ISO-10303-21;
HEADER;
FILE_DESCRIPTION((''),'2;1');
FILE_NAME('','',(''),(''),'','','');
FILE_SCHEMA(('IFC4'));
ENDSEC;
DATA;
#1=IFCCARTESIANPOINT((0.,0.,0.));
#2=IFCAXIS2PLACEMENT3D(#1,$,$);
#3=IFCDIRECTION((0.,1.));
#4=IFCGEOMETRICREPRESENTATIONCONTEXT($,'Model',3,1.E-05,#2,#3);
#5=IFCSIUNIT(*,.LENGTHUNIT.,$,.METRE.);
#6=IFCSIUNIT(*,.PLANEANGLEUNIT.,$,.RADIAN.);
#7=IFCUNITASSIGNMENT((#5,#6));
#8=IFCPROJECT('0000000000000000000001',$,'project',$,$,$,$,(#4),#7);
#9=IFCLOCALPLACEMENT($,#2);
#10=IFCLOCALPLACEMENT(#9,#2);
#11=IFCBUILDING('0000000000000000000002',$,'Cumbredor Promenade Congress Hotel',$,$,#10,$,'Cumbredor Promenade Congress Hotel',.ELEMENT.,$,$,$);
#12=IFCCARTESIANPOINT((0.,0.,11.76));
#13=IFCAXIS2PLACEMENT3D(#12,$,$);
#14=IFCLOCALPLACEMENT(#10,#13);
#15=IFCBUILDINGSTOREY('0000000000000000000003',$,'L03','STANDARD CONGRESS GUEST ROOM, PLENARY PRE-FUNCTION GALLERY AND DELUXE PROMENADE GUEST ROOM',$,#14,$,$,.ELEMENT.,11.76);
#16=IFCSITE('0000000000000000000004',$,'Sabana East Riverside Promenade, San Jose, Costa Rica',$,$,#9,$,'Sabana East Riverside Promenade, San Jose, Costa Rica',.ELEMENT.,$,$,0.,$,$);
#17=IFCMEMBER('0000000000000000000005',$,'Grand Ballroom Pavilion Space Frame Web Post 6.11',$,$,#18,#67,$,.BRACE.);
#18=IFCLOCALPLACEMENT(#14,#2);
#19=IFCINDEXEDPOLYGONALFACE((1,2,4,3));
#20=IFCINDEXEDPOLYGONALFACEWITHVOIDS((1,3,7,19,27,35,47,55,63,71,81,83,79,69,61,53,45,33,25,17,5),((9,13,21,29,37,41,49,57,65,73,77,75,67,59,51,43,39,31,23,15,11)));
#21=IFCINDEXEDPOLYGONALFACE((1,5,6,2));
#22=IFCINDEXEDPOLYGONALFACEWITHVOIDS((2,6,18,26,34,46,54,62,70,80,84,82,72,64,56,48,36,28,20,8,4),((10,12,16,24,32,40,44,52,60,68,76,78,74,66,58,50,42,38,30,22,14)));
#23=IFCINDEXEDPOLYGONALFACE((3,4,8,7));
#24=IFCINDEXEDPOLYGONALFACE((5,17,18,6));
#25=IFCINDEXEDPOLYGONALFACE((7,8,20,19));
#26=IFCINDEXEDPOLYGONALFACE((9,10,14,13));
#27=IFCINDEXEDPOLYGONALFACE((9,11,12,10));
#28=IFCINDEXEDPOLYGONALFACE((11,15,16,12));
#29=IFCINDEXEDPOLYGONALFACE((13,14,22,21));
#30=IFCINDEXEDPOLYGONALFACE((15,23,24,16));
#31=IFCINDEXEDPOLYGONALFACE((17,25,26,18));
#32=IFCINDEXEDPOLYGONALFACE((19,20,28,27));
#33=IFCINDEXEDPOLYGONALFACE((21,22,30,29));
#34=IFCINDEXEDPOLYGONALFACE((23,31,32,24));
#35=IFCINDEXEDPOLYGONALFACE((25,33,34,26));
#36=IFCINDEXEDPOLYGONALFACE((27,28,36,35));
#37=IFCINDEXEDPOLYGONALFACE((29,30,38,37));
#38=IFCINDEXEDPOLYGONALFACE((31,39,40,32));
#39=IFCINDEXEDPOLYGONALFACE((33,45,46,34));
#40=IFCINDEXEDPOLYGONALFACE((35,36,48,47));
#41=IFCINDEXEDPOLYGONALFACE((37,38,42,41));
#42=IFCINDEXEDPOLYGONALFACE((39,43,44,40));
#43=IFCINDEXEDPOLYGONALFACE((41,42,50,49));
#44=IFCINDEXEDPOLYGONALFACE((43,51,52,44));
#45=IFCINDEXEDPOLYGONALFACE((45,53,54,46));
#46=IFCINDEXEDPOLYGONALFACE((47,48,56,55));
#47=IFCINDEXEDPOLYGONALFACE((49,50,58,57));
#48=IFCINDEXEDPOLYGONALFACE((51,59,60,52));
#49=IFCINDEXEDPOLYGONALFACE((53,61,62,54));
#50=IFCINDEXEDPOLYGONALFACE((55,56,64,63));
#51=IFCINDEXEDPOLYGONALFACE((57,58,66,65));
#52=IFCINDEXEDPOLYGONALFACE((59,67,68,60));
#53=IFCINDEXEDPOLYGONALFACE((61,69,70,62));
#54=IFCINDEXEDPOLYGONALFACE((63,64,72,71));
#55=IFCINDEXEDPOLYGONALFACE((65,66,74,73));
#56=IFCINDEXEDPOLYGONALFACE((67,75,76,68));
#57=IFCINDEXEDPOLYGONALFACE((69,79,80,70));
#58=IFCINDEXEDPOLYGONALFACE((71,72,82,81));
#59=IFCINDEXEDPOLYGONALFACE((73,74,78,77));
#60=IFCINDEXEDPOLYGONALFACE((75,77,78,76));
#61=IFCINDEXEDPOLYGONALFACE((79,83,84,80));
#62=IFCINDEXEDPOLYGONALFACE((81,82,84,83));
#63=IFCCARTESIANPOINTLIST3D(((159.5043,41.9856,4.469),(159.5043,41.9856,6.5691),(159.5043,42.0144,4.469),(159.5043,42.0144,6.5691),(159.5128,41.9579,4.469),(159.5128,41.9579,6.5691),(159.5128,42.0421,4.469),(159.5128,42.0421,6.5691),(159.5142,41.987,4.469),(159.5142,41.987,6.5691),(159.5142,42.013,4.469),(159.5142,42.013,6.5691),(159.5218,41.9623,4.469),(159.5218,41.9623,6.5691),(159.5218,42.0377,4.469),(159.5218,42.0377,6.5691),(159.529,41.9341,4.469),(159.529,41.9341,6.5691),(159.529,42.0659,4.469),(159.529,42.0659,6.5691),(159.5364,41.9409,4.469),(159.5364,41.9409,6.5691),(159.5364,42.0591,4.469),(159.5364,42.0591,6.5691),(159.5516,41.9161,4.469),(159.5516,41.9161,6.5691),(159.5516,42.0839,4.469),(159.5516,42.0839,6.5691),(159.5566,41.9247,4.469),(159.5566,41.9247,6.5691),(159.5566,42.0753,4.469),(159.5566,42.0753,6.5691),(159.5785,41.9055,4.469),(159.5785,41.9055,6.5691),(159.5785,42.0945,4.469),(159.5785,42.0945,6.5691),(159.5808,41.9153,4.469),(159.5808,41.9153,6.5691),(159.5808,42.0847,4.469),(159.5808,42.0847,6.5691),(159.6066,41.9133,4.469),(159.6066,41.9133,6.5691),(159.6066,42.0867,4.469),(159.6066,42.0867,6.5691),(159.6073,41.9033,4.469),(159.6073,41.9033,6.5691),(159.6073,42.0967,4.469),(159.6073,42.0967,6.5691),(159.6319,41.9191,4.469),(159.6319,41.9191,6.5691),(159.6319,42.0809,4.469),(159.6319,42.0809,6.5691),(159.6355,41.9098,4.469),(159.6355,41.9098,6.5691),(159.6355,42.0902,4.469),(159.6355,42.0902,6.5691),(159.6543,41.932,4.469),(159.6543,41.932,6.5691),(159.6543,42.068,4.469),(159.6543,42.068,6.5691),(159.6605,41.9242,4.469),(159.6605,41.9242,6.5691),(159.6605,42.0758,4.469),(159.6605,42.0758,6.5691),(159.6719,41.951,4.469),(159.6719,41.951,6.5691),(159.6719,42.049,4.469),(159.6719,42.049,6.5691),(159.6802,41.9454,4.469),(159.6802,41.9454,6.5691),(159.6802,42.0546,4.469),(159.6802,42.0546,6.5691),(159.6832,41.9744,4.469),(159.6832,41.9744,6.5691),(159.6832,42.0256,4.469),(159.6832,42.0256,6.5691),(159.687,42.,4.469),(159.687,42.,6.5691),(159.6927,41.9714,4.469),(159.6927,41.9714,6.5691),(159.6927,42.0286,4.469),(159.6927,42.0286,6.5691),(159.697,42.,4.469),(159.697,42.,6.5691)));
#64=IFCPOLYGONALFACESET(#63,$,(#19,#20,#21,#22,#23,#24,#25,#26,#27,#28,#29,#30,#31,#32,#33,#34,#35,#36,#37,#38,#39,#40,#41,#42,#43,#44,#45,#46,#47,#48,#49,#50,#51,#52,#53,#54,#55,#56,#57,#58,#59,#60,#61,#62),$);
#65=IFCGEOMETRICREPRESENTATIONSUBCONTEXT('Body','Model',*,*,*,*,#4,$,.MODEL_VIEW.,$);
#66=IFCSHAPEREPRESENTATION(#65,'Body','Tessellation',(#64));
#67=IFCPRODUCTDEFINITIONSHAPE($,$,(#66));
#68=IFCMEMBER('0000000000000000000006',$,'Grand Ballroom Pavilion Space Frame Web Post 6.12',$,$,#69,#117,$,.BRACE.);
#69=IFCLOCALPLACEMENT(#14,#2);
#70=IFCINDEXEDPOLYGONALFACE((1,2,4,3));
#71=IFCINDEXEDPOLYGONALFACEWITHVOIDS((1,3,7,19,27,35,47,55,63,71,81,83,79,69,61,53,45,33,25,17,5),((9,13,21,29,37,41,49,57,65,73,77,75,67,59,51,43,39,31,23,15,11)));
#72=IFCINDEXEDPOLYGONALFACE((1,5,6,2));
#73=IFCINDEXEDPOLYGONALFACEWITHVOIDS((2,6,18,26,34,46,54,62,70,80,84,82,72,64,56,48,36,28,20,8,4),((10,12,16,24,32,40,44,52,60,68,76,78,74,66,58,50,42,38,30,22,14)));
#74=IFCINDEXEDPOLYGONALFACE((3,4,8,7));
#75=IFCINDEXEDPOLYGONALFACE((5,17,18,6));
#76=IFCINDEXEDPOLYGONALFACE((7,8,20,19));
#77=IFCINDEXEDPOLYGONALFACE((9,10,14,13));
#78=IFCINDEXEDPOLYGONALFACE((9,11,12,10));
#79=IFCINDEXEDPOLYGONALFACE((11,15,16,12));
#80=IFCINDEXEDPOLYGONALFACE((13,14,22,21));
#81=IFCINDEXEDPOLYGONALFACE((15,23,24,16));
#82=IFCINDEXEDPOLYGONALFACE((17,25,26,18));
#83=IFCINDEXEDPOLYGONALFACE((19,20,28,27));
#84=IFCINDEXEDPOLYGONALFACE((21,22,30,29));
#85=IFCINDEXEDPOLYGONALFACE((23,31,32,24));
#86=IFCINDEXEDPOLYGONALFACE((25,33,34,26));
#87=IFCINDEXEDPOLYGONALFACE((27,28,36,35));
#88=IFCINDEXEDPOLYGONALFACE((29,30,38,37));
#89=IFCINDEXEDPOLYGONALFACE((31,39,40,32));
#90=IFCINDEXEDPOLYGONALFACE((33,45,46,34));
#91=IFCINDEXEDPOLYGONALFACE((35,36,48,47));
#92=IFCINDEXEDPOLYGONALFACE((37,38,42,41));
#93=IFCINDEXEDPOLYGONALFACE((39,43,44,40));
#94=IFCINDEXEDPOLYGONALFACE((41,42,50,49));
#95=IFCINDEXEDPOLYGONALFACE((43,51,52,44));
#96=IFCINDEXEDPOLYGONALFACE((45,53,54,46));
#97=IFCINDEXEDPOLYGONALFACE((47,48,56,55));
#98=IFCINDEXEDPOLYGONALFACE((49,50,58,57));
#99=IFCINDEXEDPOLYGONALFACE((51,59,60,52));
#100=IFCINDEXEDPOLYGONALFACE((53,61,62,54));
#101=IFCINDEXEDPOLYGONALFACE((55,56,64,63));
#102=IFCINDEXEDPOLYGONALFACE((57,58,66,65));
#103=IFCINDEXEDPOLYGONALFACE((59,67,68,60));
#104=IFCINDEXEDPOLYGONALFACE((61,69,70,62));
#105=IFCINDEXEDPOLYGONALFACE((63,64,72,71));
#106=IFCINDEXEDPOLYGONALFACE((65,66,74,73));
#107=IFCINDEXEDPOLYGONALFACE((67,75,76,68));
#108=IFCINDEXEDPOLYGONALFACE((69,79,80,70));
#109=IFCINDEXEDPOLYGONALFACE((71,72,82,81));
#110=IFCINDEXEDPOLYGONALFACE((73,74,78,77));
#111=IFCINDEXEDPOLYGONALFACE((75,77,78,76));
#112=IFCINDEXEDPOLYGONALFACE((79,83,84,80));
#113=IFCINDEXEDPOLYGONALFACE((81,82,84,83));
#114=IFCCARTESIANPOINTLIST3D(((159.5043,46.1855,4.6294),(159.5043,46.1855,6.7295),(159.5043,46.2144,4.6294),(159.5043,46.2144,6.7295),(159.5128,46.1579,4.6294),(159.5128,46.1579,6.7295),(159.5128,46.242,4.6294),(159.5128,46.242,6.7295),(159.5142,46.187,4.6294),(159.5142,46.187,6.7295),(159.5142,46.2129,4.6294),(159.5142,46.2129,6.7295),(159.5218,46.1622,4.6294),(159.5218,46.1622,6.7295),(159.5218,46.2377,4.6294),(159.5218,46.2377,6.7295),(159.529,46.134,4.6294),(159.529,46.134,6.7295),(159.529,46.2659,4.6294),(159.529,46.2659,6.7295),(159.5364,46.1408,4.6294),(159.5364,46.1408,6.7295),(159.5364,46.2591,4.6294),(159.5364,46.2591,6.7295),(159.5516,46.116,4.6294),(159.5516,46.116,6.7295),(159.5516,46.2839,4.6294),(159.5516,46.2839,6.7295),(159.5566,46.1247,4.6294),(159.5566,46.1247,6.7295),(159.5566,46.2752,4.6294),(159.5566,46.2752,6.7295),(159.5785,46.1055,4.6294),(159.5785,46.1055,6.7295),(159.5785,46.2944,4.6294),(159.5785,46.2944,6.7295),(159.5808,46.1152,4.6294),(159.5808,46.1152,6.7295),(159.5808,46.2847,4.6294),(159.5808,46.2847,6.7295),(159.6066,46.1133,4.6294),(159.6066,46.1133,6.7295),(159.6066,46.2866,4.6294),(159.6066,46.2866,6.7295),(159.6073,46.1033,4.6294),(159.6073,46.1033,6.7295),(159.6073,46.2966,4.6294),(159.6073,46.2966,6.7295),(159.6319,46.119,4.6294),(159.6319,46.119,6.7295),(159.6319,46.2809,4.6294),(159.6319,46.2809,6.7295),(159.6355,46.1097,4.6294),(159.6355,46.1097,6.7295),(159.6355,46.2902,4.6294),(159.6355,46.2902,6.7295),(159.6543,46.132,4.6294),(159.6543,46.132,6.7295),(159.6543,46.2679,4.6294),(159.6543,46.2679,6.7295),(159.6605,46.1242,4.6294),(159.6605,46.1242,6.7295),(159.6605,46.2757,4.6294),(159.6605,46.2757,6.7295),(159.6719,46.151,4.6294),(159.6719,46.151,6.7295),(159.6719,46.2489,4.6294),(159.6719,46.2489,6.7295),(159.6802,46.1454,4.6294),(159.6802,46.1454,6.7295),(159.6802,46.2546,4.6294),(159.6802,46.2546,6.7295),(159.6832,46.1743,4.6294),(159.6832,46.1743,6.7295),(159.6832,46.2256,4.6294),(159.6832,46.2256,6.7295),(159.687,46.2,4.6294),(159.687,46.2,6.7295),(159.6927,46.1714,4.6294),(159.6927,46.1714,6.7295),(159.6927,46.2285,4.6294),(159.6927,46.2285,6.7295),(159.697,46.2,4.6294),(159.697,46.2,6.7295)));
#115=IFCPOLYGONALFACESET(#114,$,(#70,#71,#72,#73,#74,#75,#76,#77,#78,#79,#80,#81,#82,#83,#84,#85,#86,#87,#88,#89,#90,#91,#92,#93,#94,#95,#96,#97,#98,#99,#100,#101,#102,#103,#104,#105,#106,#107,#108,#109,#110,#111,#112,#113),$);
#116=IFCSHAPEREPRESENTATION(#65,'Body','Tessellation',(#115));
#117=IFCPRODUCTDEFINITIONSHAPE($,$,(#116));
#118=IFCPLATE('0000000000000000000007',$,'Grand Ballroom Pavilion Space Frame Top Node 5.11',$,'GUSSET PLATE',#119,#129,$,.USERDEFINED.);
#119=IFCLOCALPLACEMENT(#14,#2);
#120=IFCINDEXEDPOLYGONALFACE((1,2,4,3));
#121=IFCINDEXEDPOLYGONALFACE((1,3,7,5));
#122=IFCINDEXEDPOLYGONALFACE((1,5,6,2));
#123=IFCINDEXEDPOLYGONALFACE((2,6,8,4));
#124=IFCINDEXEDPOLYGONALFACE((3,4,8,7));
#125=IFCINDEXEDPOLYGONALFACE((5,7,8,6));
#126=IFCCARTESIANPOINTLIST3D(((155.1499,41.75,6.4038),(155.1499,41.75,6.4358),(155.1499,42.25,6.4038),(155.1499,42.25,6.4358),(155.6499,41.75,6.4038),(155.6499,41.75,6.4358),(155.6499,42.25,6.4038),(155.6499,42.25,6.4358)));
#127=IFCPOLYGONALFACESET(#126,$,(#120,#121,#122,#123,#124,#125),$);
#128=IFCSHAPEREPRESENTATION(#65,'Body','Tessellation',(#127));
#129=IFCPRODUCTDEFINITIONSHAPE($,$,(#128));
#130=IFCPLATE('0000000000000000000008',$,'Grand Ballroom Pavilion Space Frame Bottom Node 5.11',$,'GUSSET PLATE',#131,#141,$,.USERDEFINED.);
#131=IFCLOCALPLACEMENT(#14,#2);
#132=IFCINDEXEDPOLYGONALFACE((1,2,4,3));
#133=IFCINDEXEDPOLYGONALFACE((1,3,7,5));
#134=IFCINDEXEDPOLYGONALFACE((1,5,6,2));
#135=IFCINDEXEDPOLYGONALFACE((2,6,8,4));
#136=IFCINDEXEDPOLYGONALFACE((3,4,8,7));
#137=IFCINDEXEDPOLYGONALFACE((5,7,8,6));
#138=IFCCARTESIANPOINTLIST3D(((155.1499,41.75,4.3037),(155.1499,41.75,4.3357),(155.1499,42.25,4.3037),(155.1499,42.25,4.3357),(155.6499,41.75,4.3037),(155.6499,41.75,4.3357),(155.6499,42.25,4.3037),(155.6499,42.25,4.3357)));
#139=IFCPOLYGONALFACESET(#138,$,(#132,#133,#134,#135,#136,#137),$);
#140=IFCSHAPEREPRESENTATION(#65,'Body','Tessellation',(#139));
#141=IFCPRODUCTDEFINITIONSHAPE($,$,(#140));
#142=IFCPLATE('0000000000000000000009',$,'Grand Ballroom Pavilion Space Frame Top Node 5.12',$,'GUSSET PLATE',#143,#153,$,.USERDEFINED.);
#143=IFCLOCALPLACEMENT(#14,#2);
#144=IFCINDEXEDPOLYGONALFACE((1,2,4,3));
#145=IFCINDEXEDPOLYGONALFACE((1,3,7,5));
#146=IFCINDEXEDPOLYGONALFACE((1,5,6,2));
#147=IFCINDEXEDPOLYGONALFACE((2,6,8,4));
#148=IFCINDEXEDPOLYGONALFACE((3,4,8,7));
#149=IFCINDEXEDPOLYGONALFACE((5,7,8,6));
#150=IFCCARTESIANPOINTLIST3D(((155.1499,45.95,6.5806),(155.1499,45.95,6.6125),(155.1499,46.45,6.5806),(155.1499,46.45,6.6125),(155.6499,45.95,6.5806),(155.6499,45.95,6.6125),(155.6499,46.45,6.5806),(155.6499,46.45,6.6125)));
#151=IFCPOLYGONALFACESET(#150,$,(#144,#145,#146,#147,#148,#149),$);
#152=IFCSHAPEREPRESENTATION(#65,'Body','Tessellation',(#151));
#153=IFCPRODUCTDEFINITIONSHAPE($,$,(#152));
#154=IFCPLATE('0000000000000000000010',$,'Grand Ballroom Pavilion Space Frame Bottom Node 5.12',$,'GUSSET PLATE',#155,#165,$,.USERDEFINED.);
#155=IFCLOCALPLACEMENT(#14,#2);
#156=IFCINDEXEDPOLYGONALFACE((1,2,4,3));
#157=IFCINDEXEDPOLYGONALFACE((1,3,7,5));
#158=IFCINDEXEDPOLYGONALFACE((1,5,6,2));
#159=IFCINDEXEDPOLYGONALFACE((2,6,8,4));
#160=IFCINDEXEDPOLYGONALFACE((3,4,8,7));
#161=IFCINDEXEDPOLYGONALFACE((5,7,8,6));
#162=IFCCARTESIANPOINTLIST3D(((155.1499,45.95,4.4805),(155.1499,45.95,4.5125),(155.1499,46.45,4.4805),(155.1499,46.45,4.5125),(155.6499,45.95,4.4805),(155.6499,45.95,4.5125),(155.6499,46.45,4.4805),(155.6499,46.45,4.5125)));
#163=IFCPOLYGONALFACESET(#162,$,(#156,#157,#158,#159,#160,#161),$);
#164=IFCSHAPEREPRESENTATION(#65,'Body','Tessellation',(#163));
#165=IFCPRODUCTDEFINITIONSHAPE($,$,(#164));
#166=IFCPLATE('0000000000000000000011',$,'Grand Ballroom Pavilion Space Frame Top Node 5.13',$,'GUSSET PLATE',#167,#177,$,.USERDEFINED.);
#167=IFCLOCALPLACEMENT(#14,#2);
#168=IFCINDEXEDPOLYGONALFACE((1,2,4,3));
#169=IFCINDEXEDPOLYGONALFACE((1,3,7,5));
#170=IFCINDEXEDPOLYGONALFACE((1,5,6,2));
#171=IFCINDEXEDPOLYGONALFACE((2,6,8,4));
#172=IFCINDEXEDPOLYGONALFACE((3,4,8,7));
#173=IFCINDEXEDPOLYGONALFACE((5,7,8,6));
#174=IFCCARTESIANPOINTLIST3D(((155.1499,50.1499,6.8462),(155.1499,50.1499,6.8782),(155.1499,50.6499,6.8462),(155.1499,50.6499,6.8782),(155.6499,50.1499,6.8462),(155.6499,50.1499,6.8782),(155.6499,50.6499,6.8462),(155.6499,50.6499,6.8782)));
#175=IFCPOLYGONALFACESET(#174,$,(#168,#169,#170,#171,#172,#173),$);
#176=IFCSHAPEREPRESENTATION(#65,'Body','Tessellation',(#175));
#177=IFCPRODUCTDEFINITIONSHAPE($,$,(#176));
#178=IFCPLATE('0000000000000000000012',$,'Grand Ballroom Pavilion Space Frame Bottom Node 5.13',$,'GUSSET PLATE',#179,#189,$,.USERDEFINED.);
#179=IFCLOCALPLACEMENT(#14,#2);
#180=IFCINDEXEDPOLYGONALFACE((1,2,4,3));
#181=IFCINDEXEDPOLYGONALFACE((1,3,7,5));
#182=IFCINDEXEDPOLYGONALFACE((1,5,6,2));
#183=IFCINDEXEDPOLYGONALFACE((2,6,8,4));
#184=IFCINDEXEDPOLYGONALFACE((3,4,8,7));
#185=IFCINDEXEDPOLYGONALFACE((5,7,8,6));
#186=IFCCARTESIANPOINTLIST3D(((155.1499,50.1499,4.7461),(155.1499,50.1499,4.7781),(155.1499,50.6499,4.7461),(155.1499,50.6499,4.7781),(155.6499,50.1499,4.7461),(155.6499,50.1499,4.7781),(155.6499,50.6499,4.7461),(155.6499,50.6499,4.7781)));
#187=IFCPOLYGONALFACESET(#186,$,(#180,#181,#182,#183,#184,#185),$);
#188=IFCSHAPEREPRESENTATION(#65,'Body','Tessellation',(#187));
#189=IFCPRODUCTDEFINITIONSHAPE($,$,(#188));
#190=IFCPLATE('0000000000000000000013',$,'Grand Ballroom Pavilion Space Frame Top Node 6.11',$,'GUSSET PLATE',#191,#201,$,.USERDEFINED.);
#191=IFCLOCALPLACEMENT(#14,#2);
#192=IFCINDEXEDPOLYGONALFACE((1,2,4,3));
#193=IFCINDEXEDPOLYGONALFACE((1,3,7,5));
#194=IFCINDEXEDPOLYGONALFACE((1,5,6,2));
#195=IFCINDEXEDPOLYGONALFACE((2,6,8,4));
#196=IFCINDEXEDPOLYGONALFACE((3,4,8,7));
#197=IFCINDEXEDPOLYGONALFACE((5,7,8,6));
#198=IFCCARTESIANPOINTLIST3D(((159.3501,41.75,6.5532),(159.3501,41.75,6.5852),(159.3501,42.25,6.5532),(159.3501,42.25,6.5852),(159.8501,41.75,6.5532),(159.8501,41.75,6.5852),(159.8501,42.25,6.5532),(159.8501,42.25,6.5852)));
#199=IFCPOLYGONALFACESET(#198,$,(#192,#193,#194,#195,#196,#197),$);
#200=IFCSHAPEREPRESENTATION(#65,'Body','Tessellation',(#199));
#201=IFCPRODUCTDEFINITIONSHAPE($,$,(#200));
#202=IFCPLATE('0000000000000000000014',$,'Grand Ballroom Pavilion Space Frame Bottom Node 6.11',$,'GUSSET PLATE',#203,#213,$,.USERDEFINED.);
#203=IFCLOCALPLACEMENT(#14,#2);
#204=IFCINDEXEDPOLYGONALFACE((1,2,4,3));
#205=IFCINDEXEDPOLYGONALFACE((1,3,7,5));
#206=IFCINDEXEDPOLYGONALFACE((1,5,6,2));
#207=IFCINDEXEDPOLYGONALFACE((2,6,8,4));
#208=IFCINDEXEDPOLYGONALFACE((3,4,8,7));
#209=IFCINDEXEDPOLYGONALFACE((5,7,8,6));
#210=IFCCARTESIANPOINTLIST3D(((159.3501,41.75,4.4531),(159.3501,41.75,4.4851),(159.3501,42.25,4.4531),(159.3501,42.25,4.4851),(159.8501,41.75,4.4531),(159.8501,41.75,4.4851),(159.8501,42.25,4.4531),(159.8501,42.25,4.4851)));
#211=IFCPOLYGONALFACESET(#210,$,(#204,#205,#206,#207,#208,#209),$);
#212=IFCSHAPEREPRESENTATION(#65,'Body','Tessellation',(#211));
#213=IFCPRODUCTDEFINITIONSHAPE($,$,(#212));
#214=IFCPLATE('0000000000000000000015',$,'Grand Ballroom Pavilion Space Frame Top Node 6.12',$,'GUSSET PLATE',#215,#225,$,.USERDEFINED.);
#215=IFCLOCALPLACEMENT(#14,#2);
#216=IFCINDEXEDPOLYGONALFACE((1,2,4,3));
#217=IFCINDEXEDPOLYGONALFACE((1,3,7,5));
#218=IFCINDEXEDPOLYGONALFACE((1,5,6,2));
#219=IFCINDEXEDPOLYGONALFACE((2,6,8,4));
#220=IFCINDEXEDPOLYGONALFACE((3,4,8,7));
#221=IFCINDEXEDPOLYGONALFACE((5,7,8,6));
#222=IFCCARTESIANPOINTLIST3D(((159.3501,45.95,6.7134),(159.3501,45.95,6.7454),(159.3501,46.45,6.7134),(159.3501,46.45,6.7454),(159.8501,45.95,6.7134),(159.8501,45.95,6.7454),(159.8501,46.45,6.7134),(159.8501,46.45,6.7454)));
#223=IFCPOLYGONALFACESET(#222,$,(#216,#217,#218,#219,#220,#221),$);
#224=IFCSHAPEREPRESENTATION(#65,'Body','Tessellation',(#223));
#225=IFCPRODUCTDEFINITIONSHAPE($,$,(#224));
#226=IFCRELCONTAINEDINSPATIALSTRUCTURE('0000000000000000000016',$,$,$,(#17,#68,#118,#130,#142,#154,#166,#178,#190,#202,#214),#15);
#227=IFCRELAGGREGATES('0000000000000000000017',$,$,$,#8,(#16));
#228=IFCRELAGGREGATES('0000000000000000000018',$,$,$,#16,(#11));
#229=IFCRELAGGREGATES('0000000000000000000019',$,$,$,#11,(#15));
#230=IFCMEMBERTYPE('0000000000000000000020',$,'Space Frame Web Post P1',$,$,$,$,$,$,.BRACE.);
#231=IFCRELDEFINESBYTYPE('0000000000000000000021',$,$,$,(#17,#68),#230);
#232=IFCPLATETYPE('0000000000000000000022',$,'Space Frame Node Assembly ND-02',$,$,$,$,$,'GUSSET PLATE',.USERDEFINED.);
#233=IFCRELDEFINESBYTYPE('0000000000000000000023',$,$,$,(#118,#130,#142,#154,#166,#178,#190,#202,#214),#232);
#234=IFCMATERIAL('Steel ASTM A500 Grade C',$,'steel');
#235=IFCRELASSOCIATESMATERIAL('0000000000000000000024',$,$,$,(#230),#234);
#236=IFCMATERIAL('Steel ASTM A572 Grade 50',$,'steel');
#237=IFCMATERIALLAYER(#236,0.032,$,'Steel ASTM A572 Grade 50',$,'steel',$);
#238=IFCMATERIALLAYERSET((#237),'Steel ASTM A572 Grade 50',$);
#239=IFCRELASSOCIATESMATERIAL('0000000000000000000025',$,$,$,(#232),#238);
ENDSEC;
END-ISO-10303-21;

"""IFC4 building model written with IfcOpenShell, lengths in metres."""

from ifc_helpers import new_model, si_unit, direction, frame, origin, origin_2d, place, context, subcontext, project, spatial, rectangle, hollow_circle, extrude, material, layer, layer_set, material_profile, profile_set, type_object, element, save


model = new_model("IFC4")

# Units and contexts
model_context = context("Model", 3, precision=1e-05, world=origin(), true_north=direction((0.0, 1.0)))
body_context = subcontext(model_context, "Body", "Model", "MODEL_VIEW")
ifc_project = project(units=[si_unit("LENGTHUNIT", "METRE"), si_unit("PLANEANGLEUNIT", "RADIAN")], contexts=[model_context])

# Site, building, storey
site_placement = place(None, origin())
site = spatial("IfcSite", under=ifc_project, at=site_placement, Name="Sabana East Riverside Promenade, San Jose, Costa Rica", LongName="Sabana East Riverside Promenade, San Jose, Costa Rica", CompositionType="ELEMENT", RefElevation=0.0)
building_placement = place(site_placement, origin())
building = spatial("IfcBuilding", under=site, at=building_placement, Name="Cumbredor Promenade Congress Hotel", LongName="Cumbredor Promenade Congress Hotel", CompositionType="ELEMENT")
storey_placement = place(building_placement, frame((0.0, 0.0, 11.76)))
storey = spatial("IfcBuildingStorey", under=building, at=storey_placement, Name="L03", Description="STANDARD CONGRESS GUEST ROOM, PLENARY PRE-FUNCTION GALLERY AND DELUXE PROMENADE GUEST ROOM", CompositionType="ELEMENT", Elevation=11.76)

# Members
ifc_material_1 = material(Name="Steel ASTM A500 Grade C", Category="steel")
ifc_material_profile_1 = material_profile(ifc_material_1, hollow_circle(Radius=0.0969, WallThickness=0.01, at=origin_2d()), Name="CHS 193.7x10")
ifc_profile_set_1 = profile_set([ifc_material_profile_1], Name="Steel ASTM A500 Grade C")
member_type_1 = type_object("IfcMemberType", Name="Space Frame Web Post P1", PredefinedType="BRACE", material=ifc_profile_set_1)
for number, where, z_axis, x_axis, name in (
    (1, (159.6001, 42.0, 4.469), (0.0, 0.0, 1.0), (1.0, 0.0, 0.0), "Grand Ballroom Pavilion Space Frame Web Post 6.11"),
    (2, (159.6001, 46.2, 4.6294), (0.0, 0.0, 1.0), (1.0, 0.0, 0.0), "Grand Ballroom Pavilion Space Frame Web Post 6.12"),
):
    element("IfcMember", number, at=place(storey_placement, frame(where, z_axis=z_axis, x_axis=x_axis)), inside=storey, type_object=member_type_1, Name=name, PredefinedType="BRACE", context=body_context, shape_type="SweptSolid", body=[
        extrude(hollow_circle(Radius=0.0969, WallThickness=0.01, at=origin_2d()), origin(), (0.0, 0.0, 1.0), 2.1001),
    ])

# Plates
ifc_material_2 = material(Name="Steel ASTM A572 Grade 50", Category="steel")
ifc_layer = layer(ifc_material_2, 0.032, Name="Steel ASTM A572 Grade 50", Category="steel")
ifc_layer_set = layer_set([ifc_layer], Name="Steel ASTM A572 Grade 50")
plate_type = type_object("IfcPlateType", Name="Space Frame Node Assembly ND-02", ElementType="GUSSET PLATE", PredefinedType="USERDEFINED", material=ifc_layer_set)
for number, where, z_axis, x_axis, name in (
    (3, (155.3999, 42.0, 6.4038), (0.0, 0.0, 1.0), (1.0, 0.0, 0.0), "Grand Ballroom Pavilion Space Frame Top Node 5.11"),
    (4, (155.3999, 42.0, 4.3037), (0.0, 0.0, 1.0), (1.0, 0.0, 0.0), "Grand Ballroom Pavilion Space Frame Bottom Node 5.11"),
    (5, (155.3999, 46.2, 6.5806), (0.0, 0.0, 1.0), (1.0, 0.0, 0.0), "Grand Ballroom Pavilion Space Frame Top Node 5.12"),
    (6, (155.3999, 46.2, 4.4805), (0.0, 0.0, 1.0), (1.0, 0.0, 0.0), "Grand Ballroom Pavilion Space Frame Bottom Node 5.12"),
    (7, (155.3999, 50.3999, 6.8462), (0.0, 0.0, 1.0), (1.0, 0.0, 0.0), "Grand Ballroom Pavilion Space Frame Top Node 5.13"),
    (8, (155.3999, 50.3999, 4.7461), (0.0, 0.0, 1.0), (1.0, 0.0, 0.0), "Grand Ballroom Pavilion Space Frame Bottom Node 5.13"),
    (9, (159.6001, 42.0, 6.5532), (0.0, 0.0, 1.0), (1.0, 0.0, 0.0), "Grand Ballroom Pavilion Space Frame Top Node 6.11"),
    (10, (159.6001, 42.0, 4.4531), (0.0, 0.0, 1.0), (1.0, 0.0, 0.0), "Grand Ballroom Pavilion Space Frame Bottom Node 6.11"),
    (11, (159.6001, 46.2, 6.7134), (0.0, 0.0, 1.0), (1.0, 0.0, 0.0), "Grand Ballroom Pavilion Space Frame Top Node 6.12"),
):
    element("IfcPlate", number, at=place(storey_placement, frame(where, z_axis=z_axis, x_axis=x_axis)), inside=storey, type_object=plate_type, Name=name, ObjectType="GUSSET PLATE", PredefinedType="USERDEFINED", context=body_context, shape_type="SweptSolid", body=[
        extrude(rectangle(XDim=0.5, YDim=0.5, at=origin_2d()), origin(), (0.0, 0.0, 1.0), 0.032),
    ])

save(model, "model.ifc")
